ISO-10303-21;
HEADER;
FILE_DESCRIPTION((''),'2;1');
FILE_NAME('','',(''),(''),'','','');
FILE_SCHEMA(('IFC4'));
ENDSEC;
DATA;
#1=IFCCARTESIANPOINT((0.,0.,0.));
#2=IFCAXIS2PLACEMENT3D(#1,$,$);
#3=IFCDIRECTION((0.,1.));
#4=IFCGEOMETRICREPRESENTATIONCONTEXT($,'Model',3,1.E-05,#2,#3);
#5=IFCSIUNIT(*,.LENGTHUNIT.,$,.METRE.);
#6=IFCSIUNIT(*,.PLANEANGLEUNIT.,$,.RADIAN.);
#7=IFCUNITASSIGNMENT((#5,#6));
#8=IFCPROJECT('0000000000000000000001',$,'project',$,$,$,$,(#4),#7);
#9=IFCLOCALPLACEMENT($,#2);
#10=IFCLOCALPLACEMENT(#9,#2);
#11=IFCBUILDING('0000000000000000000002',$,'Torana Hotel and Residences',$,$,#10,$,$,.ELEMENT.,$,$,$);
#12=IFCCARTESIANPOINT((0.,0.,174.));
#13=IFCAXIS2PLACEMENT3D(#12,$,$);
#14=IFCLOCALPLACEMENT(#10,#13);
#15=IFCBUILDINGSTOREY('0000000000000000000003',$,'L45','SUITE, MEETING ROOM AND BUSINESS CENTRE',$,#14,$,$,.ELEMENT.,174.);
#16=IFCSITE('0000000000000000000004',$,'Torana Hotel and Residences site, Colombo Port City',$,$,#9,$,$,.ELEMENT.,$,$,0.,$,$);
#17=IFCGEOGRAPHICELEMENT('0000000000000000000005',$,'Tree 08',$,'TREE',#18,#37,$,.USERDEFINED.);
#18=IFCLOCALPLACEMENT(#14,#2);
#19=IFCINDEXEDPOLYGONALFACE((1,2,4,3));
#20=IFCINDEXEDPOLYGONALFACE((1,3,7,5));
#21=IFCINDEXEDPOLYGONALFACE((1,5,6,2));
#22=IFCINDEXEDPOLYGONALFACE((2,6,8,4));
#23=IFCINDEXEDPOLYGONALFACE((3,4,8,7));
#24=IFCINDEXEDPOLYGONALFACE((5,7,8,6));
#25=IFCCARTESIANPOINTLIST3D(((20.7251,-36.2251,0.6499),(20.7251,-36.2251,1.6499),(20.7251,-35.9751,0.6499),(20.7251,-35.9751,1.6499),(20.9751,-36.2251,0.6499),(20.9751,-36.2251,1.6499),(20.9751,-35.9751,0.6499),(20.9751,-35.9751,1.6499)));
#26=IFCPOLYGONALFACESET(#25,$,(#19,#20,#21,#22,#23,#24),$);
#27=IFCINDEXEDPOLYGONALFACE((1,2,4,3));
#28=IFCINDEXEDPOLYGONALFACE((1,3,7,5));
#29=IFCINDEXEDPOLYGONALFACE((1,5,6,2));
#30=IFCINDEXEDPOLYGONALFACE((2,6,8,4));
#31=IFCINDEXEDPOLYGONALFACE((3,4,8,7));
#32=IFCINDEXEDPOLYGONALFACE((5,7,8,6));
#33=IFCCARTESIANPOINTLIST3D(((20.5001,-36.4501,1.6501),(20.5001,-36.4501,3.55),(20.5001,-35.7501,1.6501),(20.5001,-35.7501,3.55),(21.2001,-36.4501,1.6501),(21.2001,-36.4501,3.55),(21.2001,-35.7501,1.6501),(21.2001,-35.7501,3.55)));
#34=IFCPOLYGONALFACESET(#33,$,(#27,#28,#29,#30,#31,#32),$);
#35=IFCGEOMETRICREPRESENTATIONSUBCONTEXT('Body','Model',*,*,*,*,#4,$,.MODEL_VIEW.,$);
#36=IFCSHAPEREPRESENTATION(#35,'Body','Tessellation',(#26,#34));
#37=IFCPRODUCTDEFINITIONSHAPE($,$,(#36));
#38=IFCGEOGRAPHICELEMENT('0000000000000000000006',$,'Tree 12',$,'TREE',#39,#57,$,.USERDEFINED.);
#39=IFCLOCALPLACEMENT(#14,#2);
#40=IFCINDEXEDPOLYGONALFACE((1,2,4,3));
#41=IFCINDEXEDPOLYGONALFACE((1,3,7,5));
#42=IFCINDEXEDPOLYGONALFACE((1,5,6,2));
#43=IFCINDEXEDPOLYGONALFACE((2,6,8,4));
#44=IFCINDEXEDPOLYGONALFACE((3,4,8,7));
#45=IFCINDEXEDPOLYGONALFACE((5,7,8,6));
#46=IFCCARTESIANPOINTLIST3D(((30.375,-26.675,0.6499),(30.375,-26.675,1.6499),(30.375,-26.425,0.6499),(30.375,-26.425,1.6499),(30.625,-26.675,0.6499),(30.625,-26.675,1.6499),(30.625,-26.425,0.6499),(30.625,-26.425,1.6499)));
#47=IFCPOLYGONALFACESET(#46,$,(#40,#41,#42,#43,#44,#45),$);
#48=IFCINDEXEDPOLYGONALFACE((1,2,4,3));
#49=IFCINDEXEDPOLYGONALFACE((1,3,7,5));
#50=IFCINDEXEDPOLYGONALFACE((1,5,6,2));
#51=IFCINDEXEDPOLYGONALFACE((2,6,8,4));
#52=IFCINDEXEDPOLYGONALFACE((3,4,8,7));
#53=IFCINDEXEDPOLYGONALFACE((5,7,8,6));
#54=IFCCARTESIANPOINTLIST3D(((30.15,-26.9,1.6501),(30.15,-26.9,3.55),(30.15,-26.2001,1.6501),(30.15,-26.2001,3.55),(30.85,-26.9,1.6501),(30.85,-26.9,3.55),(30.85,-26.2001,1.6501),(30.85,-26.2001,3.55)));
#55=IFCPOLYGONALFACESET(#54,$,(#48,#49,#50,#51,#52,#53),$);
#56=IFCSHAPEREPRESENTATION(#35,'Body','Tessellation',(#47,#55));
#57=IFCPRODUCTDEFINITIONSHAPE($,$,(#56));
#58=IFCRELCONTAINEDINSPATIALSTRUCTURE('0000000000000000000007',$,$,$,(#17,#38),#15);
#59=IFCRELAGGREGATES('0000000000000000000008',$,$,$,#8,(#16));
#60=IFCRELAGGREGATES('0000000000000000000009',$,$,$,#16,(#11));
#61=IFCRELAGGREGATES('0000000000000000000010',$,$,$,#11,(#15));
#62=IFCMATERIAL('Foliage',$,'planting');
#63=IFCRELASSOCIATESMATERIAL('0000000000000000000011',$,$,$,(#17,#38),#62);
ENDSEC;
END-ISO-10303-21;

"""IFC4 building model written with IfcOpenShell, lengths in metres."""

from ifc_helpers import new_model, si_unit, direction, frame, origin, origin_2d, place, context, subcontext, project, spatial, rectangle, extrude, material, element, save


model = new_model("IFC4")

# Units and contexts
model_context = context("Model", 3, precision=1e-05, world=origin(), true_north=direction((0.0, 1.0)))
body_context = subcontext(model_context, "Body", "Model", "MODEL_VIEW")
ifc_project = project(units=[si_unit("LENGTHUNIT", "METRE"), si_unit("PLANEANGLEUNIT", "RADIAN")], contexts=[model_context])

# Site, building, storey
site_placement = place(None, origin())
site = spatial("IfcSite", under=ifc_project, at=site_placement, Name="Torana Hotel and Residences site, Colombo Port City", CompositionType="ELEMENT", RefElevation=0.0)
building_placement = place(site_placement, origin())
building = spatial("IfcBuilding", under=site, at=building_placement, Name="Torana Hotel and Residences", CompositionType="ELEMENT")
storey_placement = place(building_placement, frame((0.0, 0.0, 174.0)))
storey = spatial("IfcBuildingStorey", under=building, at=storey_placement, Name="L45", Description="SUITE, MEETING ROOM AND BUSINESS CENTRE", CompositionType="ELEMENT", Elevation=174.0)

# Geographic elements
ifc_material_1 = material(Name="Foliage", Category="planting")
for number, where, z_axis, x_axis, name in (
    (1, (20.8501, -36.1001, 0.6499), (0.0, 0.0, 1.0), (1.0, 0.0, 0.0), "Tree 08"),
    (2, (30.5, -26.55, 0.6499), (0.0, 0.0, 1.0), (1.0, 0.0, 0.0), "Tree 12"),
):
    element("IfcGeographicElement", number, at=place(storey_placement, frame(where, z_axis=z_axis, x_axis=x_axis)), inside=storey, material=ifc_material_1, Name=name, ObjectType="TREE", PredefinedType="USERDEFINED", context=body_context, shape_type="SweptSolid", body=[
        extrude(rectangle(XDim=0.25, YDim=0.25, at=origin_2d()), origin(), (0.0, 0.0, 1.0), 1.0),
        extrude(rectangle(XDim=0.7, YDim=0.7, at=origin_2d()), frame((0.0, 0.0, 1.0002)), (0.0, 0.0, 1.0), 1.8999),
    ])

save(model, "model.ifc")
